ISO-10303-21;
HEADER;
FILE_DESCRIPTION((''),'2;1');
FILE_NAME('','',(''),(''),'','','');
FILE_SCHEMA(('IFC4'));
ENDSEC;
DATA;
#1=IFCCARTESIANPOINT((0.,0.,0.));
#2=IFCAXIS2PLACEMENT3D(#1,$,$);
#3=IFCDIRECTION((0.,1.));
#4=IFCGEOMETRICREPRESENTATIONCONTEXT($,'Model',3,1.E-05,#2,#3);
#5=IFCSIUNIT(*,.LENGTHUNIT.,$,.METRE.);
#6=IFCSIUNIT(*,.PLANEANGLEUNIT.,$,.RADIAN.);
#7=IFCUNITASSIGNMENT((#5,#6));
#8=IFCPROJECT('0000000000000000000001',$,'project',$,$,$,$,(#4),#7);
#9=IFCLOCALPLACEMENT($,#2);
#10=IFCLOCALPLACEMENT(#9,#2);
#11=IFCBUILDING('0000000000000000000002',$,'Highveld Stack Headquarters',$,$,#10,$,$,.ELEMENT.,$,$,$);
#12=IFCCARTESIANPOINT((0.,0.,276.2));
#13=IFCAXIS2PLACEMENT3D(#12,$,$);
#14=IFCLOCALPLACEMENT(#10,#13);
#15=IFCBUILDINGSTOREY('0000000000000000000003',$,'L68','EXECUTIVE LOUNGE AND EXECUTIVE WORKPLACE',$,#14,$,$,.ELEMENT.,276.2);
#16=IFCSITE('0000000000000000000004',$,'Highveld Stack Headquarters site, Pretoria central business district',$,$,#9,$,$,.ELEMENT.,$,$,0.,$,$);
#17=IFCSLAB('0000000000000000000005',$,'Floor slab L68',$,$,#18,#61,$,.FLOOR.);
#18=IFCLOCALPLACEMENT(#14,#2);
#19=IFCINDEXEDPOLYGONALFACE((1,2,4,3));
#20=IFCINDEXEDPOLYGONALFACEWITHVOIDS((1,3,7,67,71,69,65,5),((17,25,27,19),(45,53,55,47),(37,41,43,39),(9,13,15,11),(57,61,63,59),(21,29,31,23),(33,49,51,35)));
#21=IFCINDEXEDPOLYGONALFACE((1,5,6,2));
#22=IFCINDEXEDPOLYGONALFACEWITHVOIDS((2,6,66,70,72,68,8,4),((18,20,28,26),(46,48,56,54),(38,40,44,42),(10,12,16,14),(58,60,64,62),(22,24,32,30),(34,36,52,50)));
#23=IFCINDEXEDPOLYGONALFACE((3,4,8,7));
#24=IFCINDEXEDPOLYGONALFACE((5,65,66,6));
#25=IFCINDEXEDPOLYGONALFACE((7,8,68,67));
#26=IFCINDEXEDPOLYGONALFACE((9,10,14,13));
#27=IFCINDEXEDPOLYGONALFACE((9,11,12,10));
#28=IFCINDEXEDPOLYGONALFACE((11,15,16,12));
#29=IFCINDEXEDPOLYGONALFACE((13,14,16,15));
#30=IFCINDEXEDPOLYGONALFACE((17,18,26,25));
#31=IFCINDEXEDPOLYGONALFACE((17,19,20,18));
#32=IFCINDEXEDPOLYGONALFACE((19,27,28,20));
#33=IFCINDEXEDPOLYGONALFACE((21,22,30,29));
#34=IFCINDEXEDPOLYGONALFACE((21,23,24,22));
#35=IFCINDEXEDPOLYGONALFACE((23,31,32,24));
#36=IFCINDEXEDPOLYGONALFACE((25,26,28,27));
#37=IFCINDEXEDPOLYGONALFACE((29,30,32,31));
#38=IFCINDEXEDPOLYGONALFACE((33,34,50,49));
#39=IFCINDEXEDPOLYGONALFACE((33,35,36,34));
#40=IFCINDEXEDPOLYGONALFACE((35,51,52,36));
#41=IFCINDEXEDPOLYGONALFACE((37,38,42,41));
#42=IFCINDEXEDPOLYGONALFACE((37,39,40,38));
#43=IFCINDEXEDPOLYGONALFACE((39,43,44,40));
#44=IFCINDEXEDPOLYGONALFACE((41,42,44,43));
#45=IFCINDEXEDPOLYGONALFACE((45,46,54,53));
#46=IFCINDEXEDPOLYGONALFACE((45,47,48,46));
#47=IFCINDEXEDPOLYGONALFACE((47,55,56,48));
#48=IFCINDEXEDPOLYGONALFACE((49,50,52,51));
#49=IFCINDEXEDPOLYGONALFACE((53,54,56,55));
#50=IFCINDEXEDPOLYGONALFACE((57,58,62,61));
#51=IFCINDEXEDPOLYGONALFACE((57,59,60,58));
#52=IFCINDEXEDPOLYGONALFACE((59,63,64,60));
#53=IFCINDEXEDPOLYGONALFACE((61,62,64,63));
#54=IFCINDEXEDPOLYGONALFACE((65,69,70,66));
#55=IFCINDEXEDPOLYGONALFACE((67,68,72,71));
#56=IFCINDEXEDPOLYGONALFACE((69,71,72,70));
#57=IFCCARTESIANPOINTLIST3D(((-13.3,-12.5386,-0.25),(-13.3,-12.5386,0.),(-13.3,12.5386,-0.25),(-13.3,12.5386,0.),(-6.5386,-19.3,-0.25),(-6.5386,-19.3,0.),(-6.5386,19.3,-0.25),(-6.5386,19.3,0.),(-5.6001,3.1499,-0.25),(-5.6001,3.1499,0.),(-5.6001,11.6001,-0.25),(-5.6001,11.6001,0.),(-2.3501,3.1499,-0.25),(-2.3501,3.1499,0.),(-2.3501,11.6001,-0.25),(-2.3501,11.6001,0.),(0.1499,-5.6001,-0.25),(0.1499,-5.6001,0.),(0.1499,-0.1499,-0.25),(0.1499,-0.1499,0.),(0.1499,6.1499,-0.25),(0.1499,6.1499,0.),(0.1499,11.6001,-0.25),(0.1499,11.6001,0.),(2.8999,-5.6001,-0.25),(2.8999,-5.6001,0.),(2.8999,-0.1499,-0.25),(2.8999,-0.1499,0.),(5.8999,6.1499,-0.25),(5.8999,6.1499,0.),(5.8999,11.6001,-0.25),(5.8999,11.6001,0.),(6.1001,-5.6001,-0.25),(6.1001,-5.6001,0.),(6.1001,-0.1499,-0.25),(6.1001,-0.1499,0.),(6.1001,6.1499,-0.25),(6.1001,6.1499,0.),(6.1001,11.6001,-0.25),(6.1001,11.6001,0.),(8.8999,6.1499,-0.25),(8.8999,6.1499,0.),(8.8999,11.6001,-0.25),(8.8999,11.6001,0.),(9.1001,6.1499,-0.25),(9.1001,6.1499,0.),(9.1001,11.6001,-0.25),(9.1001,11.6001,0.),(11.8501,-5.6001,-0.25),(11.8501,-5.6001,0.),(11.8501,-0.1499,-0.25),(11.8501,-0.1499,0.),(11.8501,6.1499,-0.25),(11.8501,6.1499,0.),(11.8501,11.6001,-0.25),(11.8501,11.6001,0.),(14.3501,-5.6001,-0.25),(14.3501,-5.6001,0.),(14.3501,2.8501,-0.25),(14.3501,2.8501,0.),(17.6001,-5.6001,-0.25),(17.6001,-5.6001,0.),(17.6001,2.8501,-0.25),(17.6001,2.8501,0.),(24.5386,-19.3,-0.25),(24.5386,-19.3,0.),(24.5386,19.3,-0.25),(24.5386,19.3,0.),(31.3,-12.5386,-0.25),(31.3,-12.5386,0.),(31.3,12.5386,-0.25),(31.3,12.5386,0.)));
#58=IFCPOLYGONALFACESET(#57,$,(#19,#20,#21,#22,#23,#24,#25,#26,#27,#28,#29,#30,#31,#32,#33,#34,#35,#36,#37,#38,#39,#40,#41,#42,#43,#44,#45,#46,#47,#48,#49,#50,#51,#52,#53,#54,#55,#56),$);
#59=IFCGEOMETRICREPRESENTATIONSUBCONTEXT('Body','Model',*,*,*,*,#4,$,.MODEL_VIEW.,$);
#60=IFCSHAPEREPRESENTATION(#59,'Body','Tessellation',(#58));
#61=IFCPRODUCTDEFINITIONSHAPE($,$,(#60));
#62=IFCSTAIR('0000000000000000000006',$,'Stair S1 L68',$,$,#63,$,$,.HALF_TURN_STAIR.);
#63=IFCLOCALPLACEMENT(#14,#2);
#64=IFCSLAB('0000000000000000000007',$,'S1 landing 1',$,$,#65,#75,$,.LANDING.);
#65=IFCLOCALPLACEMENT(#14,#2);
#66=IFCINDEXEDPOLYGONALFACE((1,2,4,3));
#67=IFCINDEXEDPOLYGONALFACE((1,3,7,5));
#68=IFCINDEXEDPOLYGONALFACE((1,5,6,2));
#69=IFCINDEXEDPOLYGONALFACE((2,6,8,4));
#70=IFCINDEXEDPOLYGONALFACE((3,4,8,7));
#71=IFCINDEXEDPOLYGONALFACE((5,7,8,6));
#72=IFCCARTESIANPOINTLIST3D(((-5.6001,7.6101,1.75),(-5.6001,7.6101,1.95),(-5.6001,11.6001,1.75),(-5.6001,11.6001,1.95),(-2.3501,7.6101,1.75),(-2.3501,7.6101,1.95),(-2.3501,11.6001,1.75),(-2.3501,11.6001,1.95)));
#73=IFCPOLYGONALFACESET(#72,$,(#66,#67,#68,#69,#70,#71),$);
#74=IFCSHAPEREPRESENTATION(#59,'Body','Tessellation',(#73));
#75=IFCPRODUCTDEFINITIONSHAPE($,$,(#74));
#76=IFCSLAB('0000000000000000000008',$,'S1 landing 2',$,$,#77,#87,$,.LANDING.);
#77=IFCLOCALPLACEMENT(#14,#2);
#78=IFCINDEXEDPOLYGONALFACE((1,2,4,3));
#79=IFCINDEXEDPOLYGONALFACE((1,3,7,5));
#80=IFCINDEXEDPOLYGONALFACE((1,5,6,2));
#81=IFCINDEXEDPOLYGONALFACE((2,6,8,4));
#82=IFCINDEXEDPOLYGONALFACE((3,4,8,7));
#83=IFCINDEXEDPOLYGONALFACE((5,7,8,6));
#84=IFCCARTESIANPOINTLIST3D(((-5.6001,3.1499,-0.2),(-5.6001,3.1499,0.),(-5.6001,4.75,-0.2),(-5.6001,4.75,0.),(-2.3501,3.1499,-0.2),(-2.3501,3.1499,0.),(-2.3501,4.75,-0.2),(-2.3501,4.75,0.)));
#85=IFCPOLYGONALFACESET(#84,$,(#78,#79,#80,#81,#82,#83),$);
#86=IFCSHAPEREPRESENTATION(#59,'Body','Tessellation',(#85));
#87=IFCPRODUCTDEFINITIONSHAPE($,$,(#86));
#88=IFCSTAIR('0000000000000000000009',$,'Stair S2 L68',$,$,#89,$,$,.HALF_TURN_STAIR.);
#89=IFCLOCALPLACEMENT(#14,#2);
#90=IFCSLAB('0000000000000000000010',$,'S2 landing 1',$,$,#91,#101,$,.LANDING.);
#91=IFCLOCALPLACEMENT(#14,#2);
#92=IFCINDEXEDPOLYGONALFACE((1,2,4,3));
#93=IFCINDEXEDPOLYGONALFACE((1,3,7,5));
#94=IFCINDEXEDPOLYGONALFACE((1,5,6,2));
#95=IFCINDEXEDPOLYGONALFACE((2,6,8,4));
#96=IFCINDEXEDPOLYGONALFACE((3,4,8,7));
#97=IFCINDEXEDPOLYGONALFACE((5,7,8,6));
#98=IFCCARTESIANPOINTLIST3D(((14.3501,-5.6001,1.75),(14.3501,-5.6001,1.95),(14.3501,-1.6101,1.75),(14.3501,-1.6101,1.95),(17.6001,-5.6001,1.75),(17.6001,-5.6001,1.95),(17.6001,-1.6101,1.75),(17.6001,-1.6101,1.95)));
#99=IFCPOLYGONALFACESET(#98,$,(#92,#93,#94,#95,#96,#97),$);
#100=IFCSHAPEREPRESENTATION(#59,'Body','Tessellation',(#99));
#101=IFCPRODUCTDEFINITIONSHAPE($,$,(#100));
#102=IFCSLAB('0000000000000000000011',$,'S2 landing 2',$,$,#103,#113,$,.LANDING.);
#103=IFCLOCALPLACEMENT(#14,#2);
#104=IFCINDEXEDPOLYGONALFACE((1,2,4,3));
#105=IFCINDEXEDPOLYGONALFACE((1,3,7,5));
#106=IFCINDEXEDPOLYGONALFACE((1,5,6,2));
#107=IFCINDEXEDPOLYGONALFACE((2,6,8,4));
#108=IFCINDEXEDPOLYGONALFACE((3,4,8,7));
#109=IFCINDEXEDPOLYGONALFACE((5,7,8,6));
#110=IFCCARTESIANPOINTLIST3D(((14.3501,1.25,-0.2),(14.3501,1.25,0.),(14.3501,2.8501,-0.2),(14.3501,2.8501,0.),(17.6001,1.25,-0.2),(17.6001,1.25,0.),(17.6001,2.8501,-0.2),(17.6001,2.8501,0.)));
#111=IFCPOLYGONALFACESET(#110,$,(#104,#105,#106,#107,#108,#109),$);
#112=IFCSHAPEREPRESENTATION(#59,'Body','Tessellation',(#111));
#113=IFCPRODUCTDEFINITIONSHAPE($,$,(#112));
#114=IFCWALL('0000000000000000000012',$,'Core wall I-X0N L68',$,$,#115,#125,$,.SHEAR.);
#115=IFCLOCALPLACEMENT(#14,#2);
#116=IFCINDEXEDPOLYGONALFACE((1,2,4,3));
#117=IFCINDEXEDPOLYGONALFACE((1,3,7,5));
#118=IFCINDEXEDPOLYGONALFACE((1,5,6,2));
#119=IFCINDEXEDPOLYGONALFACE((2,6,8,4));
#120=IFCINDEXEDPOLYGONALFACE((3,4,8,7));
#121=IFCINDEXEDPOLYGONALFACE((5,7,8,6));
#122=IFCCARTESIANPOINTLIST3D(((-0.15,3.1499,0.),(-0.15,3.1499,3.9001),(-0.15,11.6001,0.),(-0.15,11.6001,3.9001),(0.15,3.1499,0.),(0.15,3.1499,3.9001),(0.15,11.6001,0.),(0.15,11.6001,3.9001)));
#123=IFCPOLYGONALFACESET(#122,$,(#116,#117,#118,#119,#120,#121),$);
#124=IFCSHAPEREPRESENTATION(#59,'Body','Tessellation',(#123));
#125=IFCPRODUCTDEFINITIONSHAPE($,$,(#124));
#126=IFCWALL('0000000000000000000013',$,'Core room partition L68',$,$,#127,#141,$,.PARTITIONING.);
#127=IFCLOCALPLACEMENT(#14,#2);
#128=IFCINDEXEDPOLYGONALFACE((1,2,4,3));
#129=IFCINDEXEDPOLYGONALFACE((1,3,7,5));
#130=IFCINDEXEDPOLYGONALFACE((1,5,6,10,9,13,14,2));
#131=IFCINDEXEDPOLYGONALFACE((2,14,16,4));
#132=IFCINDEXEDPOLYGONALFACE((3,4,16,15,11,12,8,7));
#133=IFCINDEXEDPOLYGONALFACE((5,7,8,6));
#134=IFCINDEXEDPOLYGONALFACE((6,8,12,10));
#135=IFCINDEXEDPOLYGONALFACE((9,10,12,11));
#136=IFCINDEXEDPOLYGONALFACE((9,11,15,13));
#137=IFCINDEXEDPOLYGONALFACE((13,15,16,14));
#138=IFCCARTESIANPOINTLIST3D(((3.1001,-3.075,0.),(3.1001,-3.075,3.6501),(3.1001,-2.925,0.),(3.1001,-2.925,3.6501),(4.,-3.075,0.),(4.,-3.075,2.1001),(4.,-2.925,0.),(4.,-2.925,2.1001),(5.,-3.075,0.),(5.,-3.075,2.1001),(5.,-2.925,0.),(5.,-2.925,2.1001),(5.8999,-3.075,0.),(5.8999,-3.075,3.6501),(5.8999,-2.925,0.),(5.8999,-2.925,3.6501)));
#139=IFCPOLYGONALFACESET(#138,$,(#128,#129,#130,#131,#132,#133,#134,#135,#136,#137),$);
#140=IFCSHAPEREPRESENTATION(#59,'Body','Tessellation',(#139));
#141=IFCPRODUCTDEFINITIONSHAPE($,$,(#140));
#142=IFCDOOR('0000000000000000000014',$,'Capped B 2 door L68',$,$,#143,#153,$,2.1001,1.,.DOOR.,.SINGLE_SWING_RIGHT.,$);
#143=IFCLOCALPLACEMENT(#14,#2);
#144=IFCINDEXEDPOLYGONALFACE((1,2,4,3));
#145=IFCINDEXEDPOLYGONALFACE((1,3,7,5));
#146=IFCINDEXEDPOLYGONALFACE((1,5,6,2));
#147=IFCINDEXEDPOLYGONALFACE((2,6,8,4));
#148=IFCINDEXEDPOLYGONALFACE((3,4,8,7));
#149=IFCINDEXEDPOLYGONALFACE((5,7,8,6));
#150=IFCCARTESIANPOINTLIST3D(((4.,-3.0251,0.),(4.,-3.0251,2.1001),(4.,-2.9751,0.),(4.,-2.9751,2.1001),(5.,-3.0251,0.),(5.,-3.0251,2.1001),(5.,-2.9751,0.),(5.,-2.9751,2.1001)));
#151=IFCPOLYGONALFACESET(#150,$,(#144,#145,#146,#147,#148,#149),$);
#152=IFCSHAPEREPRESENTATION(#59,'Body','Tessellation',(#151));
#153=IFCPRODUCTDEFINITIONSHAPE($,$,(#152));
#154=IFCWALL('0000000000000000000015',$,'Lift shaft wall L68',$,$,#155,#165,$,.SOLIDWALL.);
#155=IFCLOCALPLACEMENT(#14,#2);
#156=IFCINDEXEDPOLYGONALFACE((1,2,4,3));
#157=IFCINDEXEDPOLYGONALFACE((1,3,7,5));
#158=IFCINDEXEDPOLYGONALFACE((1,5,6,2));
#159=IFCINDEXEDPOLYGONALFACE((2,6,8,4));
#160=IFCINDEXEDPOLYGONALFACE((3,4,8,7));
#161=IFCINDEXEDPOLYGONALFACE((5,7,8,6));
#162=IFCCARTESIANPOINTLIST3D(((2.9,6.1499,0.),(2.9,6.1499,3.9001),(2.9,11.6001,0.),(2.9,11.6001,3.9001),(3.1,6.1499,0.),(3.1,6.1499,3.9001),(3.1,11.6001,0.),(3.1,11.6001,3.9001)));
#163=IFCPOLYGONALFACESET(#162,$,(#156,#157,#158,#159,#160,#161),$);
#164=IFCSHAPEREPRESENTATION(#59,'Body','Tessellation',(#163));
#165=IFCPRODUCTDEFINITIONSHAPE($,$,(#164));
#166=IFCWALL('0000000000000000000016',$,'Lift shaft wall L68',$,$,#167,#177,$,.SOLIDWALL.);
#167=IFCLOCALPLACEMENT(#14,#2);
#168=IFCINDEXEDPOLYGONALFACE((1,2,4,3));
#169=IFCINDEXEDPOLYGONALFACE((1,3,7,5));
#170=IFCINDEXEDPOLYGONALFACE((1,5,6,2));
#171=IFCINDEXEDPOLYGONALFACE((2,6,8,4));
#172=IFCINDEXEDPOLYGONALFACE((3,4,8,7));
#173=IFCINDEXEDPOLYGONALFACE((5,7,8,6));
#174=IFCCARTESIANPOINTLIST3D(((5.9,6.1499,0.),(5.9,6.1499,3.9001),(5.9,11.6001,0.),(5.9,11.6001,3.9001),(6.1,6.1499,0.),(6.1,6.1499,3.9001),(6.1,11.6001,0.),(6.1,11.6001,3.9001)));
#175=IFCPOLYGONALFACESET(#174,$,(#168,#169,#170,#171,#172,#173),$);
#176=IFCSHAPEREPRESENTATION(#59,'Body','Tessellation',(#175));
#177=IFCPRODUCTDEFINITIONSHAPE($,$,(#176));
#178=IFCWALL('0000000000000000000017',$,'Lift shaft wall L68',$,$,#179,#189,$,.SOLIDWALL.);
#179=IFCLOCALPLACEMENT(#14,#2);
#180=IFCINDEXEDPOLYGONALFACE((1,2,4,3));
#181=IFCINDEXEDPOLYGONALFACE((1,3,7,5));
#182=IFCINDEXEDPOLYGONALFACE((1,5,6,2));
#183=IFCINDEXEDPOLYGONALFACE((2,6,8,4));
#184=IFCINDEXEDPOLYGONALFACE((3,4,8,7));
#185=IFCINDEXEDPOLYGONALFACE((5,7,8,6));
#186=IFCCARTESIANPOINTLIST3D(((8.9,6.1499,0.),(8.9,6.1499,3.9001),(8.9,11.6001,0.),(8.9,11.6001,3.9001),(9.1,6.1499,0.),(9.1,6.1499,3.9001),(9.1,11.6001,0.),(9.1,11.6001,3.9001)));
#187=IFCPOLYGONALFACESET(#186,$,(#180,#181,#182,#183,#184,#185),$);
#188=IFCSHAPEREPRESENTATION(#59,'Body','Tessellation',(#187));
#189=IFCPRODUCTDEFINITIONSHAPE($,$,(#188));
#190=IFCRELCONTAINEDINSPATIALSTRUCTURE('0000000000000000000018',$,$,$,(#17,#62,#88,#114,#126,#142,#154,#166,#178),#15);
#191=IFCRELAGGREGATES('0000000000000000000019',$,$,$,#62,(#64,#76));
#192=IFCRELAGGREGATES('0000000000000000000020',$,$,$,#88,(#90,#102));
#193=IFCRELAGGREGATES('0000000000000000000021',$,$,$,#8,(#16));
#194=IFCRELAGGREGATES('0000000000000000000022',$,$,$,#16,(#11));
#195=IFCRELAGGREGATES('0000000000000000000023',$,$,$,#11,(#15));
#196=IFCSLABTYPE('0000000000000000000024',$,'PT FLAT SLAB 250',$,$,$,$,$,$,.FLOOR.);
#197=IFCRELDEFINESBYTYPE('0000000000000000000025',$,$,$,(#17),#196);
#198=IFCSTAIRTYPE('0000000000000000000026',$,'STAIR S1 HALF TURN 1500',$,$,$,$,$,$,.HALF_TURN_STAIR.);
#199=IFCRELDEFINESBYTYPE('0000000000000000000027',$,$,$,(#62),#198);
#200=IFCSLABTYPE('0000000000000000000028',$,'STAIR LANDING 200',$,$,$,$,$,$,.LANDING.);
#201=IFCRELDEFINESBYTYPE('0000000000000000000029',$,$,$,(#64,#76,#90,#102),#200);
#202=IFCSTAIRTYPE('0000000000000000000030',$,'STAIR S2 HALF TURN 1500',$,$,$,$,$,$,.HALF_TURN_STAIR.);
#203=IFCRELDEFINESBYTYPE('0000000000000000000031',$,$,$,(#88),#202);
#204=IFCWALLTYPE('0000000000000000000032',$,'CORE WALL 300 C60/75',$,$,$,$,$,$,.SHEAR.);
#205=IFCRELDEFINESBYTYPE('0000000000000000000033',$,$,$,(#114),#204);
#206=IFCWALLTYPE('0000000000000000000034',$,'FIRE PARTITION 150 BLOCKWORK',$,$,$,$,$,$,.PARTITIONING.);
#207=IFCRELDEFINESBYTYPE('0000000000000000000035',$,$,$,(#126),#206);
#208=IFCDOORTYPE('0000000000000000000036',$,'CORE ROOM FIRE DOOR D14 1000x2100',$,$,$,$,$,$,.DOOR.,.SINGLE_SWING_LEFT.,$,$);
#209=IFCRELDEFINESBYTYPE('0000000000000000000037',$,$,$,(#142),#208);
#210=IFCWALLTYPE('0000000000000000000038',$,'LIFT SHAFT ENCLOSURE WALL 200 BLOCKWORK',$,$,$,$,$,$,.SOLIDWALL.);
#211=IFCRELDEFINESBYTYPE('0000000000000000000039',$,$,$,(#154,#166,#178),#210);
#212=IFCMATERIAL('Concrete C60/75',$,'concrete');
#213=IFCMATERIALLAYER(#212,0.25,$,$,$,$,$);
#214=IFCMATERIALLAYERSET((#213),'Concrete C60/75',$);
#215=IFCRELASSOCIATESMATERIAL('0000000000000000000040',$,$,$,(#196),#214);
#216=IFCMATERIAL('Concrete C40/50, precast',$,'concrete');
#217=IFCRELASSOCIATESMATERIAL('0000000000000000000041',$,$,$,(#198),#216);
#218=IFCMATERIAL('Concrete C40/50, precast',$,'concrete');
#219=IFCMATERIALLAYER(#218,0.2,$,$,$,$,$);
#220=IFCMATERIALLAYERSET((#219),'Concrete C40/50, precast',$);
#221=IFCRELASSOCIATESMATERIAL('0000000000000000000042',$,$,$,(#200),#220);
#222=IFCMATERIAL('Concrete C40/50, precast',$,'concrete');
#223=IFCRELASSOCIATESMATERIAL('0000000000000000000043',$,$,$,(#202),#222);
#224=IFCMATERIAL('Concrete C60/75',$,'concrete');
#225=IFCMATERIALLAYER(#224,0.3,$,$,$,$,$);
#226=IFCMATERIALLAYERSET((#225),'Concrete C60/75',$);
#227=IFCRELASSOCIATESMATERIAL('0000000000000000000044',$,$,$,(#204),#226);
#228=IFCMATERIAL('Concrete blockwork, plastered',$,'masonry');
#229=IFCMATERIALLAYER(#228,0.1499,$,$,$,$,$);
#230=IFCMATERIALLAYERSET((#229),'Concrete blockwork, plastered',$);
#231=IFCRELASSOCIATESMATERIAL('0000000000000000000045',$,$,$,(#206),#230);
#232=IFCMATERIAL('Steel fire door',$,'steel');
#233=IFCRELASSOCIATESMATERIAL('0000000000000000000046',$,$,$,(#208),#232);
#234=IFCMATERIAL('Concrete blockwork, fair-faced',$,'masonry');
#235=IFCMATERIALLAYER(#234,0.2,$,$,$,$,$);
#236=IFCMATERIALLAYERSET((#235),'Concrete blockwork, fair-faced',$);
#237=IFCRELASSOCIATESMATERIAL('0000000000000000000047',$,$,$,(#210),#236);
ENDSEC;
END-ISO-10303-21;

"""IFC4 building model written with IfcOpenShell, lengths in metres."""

from ifc_helpers import new_model, si_unit, direction, frame, frame_2d, origin, place, context, subcontext, project, spatial, polyline, rectangle, outline, extrude, material, layer, layer_set, type_object, element, fill, aggregate, save


model = new_model("IFC4")

# Units and contexts
model_context = context("Model", 3, precision=1e-05, world=origin(), true_north=direction((0.0, 1.0)))
body_context = subcontext(model_context, "Body", "Model", "MODEL_VIEW")
ifc_project = project(units=[si_unit("LENGTHUNIT", "METRE"), si_unit("PLANEANGLEUNIT", "RADIAN")], contexts=[model_context])

# Site, building, storey
site_placement = place(None, origin())
site = spatial("IfcSite", under=ifc_project, at=site_placement, Name="Highveld Stack Headquarters site, Pretoria central business district", CompositionType="ELEMENT", RefElevation=0.0)
building_placement = place(site_placement, origin())
building = spatial("IfcBuilding", under=site, at=building_placement, Name="Highveld Stack Headquarters", CompositionType="ELEMENT")
storey_placement = place(building_placement, frame((0.0, 0.0, 276.2)))
storey = spatial("IfcBuildingStorey", under=building, at=storey_placement, Name="L68", Description="EXECUTIVE LOUNGE AND EXECUTIVE WORKPLACE", CompositionType="ELEMENT", Elevation=276.2)

# Slab
ifc_material_1 = material(Name="Concrete C60/75", Category="concrete")
ifc_layer_1 = layer(ifc_material_1, 0.25)
ifc_layer_set_1 = layer_set([ifc_layer_1], Name="Concrete C60/75")
slab_type_1 = type_object("IfcSlabType", Name="PT FLAT SLAB 250", PredefinedType="FLOOR", material=ifc_layer_set_1)
slab_1_placement = place(storey_placement, frame((0.0, 0.0, -0.25)))
element("IfcSlab", 1, at=slab_1_placement, inside=storey, type_object=slab_type_1, Name="Floor slab L68", PredefinedType="FLOOR", context=body_context, shape_type="SweptSolid", body=[
    extrude(outline(polyline([(-6.5386, -19.3), (24.5386, -19.3), (31.3, -12.5386), (31.3, 12.5386), (24.5386, 19.3), (-6.5386, 19.3), (-13.3, 12.5386), (-13.3, -12.5386), (-6.5386, -19.3)]), holes=[polyline([(0.1499, 6.1499), (5.8999, 6.1499), (5.8999, 11.6001), (0.1499, 11.6001), (0.1499, 6.1499)]), polyline([(9.1001, 6.1499), (11.8501, 6.1499), (11.8501, 11.6001), (9.1001, 11.6001), (9.1001, 6.1499)]), polyline([(6.1001, 6.1499), (8.8999, 6.1499), (8.8999, 11.6001), (6.1001, 11.6001), (6.1001, 6.1499)]), polyline([(6.1001, -5.6001), (11.8501, -5.6001), (11.8501, -0.1499), (6.1001, -0.1499), (6.1001, -5.6001)]), polyline([(0.1499, -5.6001), (2.8999, -5.6001), (2.8999, -0.1499), (0.1499, -0.1499), (0.1499, -5.6001)]), polyline([(-5.6001, 3.1499), (-2.3501, 3.1499), (-2.3501, 11.6001), (-5.6001, 11.6001), (-5.6001, 3.1499)]), polyline([(14.3501, -5.6001), (17.6001, -5.6001), (17.6001, 2.8501), (14.3501, 2.8501), (14.3501, -5.6001)])]), origin(), (0.0, 0.0, 1.0), 0.25),
])

# Stairs, slabs
ifc_material_2 = material(Name="Concrete C40/50, precast", Category="concrete")
stair_type_1 = type_object("IfcStairType", Name="STAIR S1 HALF TURN 1500", PredefinedType="HALF_TURN_STAIR", material=ifc_material_2)
stair_1_placement = place(storey_placement, origin())
stair_1 = element("IfcStair", 2, at=stair_1_placement, inside=storey, type_object=stair_type_1, Name="Stair S1 L68", PredefinedType="HALF_TURN_STAIR")
ifc_material_3 = material(Name="Concrete C40/50, precast", Category="concrete")
ifc_layer_2 = layer(ifc_material_3, 0.2)
ifc_layer_set_2 = layer_set([ifc_layer_2], Name="Concrete C40/50, precast")
slab_type_2 = type_object("IfcSlabType", Name="STAIR LANDING 200", PredefinedType="LANDING", material=ifc_layer_set_2)
slab_2_placement = place(storey_placement, frame((0.0, 0.0, 1.75)))
slab_2 = element("IfcSlab", 3, at=slab_2_placement, type_object=slab_type_2, Name="S1 landing 1", PredefinedType="LANDING", context=body_context, shape_type="SweptSolid", body=[
    extrude(outline(polyline([(-5.6001, 7.6101), (-2.3501, 7.6101), (-2.3501, 11.6001), (-5.6001, 11.6001), (-5.6001, 7.6101)])), origin(), (0.0, 0.0, 1.0), 0.2),
])
slab_3_placement = place(storey_placement, frame((0.0, 0.0, -0.2)))
slab_3 = element("IfcSlab", 4, at=slab_3_placement, type_object=slab_type_2, Name="S1 landing 2", PredefinedType="LANDING", context=body_context, shape_type="SweptSolid", body=[
    extrude(outline(polyline([(-5.6001, 3.1499), (-2.3501, 3.1499), (-2.3501, 4.75), (-5.6001, 4.75), (-5.6001, 3.1499)])), origin(), (0.0, 0.0, 1.0), 0.2),
])
aggregate(stair_1, [slab_2, slab_3])
ifc_material_4 = material(Name="Concrete C40/50, precast", Category="concrete")
stair_type_2 = type_object("IfcStairType", Name="STAIR S2 HALF TURN 1500", PredefinedType="HALF_TURN_STAIR", material=ifc_material_4)
stair_2_placement = place(storey_placement, origin())
stair_2 = element("IfcStair", 5, at=stair_2_placement, inside=storey, type_object=stair_type_2, Name="Stair S2 L68", PredefinedType="HALF_TURN_STAIR")
slab_4_placement = place(storey_placement, frame((0.0, 0.0, 1.75)))
slab_4 = element("IfcSlab", 6, at=slab_4_placement, type_object=slab_type_2, Name="S2 landing 1", PredefinedType="LANDING", context=body_context, shape_type="SweptSolid", body=[
    extrude(outline(polyline([(14.3501, -5.6001), (17.6001, -5.6001), (17.6001, -1.6101), (14.3501, -1.6101), (14.3501, -5.6001)])), origin(), (0.0, 0.0, 1.0), 0.2),
])
slab_5_placement = place(storey_placement, frame((0.0, 0.0, -0.2)))
slab_5 = element("IfcSlab", 7, at=slab_5_placement, type_object=slab_type_2, Name="S2 landing 2", PredefinedType="LANDING", context=body_context, shape_type="SweptSolid", body=[
    extrude(outline(polyline([(14.3501, 1.25), (17.6001, 1.25), (17.6001, 2.8501), (14.3501, 2.8501), (14.3501, 1.25)])), origin(), (0.0, 0.0, 1.0), 0.2),
])
aggregate(stair_2, [slab_4, slab_5])

# Wall
ifc_material_5 = material(Name="Concrete C60/75", Category="concrete")
ifc_layer_3 = layer(ifc_material_5, 0.3)
ifc_layer_set_3 = layer_set([ifc_layer_3], Name="Concrete C60/75")
wall_type_1 = type_object("IfcWallType", Name="CORE WALL 300 C60/75", PredefinedType="SHEAR", material=ifc_layer_set_3)
wall_1_placement = place(storey_placement, frame((0.0, 3.1499, 0.0), z_axis=(0.0, 0.0, 1.0), x_axis=(0.0, 1.0, 0.0)))
element("IfcWall", 8, at=wall_1_placement, inside=storey, type_object=wall_type_1, Name="Core wall I-X0N L68", PredefinedType="SHEAR", context=body_context, shape_type="SweptSolid", body=[
    extrude(rectangle(XDim=8.4502, YDim=0.3, at=frame_2d((4.2251, 0.0))), origin(), (0.0, 0.0, 1.0), 3.9001),
])

# Wall, opening, door
ifc_material_6 = material(Name="Concrete blockwork, plastered", Category="masonry")
ifc_layer_4 = layer(ifc_material_6, 0.1499)
ifc_layer_set_4 = layer_set([ifc_layer_4], Name="Concrete blockwork, plastered")
wall_type_2 = type_object("IfcWallType", Name="FIRE PARTITION 150 BLOCKWORK", PredefinedType="PARTITIONING", material=ifc_layer_set_4)
wall_2_placement = place(storey_placement, frame((3.1001, -3.0, 0.0), z_axis=(0.0, 0.0, 1.0), x_axis=(1.0, 0.0, 0.0)))
wall_2 = element("IfcWall", 9, at=wall_2_placement, inside=storey, type_object=wall_type_2, Name="Core room partition L68", PredefinedType="PARTITIONING", context=body_context, shape_type="SweptSolid", body=[
    extrude(rectangle(XDim=2.7998, YDim=0.1499, at=frame_2d((1.3999, 0.0))), origin(), (0.0, 0.0, 1.0), 3.6501),
])
opening_placement = place(wall_2_placement, frame((0.8999, 0.0, 0.0)))
opening = element("IfcOpeningElement", 10, at=opening_placement, cuts=wall_2, PredefinedType="OPENING", context=body_context, shape_type="SweptSolid", body=[
    extrude(rectangle(XDim=1.0, YDim=2.1001, at=frame_2d((0.5, 1.05))), frame((0.0, 0.085, 0.0), z_axis=(0.0, -1.0, 0.0), x_axis=(1.0, 0.0, 0.0)), (0.0, 0.0, 1.0), 0.1699),
])
ifc_material_7 = material(Name="Steel fire door", Category="steel")
door_type = type_object("IfcDoorType", Name="CORE ROOM FIRE DOOR D14 1000x2100", OperationType="SINGLE_SWING_LEFT", PredefinedType="DOOR", material=ifc_material_7)
door_placement = place(opening_placement, origin())
door = element("IfcDoor", 11, at=door_placement, inside=storey, type_object=door_type, Name="Capped B 2 door L68", OperationType="SINGLE_SWING_RIGHT", OverallHeight=2.1001, OverallWidth=1.0, PredefinedType="DOOR", context=body_context, shape_type="SweptSolid", body=[
    extrude(rectangle(XDim=1.0, YDim=2.1001, at=frame_2d((0.5, 1.05))), frame((0.0, 0.0249, 0.0), z_axis=(0.0, -1.0, 0.0), x_axis=(1.0, 0.0, 0.0)), (0.0, 0.0, 1.0), 0.05),
])
fill(opening, door)

# Walls
ifc_material_8 = material(Name="Concrete blockwork, fair-faced", Category="masonry")
ifc_layer_5 = layer(ifc_material_8, 0.2)
ifc_layer_set_5 = layer_set([ifc_layer_5], Name="Concrete blockwork, fair-faced")
wall_type_3 = type_object("IfcWallType", Name="LIFT SHAFT ENCLOSURE WALL 200 BLOCKWORK", PredefinedType="SOLIDWALL", material=ifc_layer_set_5)
for number, where, z_axis, x_axis, name in (
    (12, (3.0, 6.1499, 0.0), (0.0, 0.0, 1.0), (0.0, 1.0, 0.0), "Lift shaft wall L68"),
    (13, (6.0, 6.1499, 0.0), (0.0, 0.0, 1.0), (0.0, 1.0, 0.0), "Lift shaft wall L68"),
    (14, (9.0, 6.1499, 0.0), (0.0, 0.0, 1.0), (0.0, 1.0, 0.0), "Lift shaft wall L68"),
):
    element("IfcWall", number, at=place(storey_placement, frame(where, z_axis=z_axis, x_axis=x_axis)), inside=storey, type_object=wall_type_3, Name=name, PredefinedType="SOLIDWALL", context=body_context, shape_type="SweptSolid", body=[
        extrude(rectangle(XDim=5.4502, YDim=0.2, at=frame_2d((2.7251, 0.0))), origin(), (0.0, 0.0, 1.0), 3.9001),
    ])

save(model, "model.ifc")
